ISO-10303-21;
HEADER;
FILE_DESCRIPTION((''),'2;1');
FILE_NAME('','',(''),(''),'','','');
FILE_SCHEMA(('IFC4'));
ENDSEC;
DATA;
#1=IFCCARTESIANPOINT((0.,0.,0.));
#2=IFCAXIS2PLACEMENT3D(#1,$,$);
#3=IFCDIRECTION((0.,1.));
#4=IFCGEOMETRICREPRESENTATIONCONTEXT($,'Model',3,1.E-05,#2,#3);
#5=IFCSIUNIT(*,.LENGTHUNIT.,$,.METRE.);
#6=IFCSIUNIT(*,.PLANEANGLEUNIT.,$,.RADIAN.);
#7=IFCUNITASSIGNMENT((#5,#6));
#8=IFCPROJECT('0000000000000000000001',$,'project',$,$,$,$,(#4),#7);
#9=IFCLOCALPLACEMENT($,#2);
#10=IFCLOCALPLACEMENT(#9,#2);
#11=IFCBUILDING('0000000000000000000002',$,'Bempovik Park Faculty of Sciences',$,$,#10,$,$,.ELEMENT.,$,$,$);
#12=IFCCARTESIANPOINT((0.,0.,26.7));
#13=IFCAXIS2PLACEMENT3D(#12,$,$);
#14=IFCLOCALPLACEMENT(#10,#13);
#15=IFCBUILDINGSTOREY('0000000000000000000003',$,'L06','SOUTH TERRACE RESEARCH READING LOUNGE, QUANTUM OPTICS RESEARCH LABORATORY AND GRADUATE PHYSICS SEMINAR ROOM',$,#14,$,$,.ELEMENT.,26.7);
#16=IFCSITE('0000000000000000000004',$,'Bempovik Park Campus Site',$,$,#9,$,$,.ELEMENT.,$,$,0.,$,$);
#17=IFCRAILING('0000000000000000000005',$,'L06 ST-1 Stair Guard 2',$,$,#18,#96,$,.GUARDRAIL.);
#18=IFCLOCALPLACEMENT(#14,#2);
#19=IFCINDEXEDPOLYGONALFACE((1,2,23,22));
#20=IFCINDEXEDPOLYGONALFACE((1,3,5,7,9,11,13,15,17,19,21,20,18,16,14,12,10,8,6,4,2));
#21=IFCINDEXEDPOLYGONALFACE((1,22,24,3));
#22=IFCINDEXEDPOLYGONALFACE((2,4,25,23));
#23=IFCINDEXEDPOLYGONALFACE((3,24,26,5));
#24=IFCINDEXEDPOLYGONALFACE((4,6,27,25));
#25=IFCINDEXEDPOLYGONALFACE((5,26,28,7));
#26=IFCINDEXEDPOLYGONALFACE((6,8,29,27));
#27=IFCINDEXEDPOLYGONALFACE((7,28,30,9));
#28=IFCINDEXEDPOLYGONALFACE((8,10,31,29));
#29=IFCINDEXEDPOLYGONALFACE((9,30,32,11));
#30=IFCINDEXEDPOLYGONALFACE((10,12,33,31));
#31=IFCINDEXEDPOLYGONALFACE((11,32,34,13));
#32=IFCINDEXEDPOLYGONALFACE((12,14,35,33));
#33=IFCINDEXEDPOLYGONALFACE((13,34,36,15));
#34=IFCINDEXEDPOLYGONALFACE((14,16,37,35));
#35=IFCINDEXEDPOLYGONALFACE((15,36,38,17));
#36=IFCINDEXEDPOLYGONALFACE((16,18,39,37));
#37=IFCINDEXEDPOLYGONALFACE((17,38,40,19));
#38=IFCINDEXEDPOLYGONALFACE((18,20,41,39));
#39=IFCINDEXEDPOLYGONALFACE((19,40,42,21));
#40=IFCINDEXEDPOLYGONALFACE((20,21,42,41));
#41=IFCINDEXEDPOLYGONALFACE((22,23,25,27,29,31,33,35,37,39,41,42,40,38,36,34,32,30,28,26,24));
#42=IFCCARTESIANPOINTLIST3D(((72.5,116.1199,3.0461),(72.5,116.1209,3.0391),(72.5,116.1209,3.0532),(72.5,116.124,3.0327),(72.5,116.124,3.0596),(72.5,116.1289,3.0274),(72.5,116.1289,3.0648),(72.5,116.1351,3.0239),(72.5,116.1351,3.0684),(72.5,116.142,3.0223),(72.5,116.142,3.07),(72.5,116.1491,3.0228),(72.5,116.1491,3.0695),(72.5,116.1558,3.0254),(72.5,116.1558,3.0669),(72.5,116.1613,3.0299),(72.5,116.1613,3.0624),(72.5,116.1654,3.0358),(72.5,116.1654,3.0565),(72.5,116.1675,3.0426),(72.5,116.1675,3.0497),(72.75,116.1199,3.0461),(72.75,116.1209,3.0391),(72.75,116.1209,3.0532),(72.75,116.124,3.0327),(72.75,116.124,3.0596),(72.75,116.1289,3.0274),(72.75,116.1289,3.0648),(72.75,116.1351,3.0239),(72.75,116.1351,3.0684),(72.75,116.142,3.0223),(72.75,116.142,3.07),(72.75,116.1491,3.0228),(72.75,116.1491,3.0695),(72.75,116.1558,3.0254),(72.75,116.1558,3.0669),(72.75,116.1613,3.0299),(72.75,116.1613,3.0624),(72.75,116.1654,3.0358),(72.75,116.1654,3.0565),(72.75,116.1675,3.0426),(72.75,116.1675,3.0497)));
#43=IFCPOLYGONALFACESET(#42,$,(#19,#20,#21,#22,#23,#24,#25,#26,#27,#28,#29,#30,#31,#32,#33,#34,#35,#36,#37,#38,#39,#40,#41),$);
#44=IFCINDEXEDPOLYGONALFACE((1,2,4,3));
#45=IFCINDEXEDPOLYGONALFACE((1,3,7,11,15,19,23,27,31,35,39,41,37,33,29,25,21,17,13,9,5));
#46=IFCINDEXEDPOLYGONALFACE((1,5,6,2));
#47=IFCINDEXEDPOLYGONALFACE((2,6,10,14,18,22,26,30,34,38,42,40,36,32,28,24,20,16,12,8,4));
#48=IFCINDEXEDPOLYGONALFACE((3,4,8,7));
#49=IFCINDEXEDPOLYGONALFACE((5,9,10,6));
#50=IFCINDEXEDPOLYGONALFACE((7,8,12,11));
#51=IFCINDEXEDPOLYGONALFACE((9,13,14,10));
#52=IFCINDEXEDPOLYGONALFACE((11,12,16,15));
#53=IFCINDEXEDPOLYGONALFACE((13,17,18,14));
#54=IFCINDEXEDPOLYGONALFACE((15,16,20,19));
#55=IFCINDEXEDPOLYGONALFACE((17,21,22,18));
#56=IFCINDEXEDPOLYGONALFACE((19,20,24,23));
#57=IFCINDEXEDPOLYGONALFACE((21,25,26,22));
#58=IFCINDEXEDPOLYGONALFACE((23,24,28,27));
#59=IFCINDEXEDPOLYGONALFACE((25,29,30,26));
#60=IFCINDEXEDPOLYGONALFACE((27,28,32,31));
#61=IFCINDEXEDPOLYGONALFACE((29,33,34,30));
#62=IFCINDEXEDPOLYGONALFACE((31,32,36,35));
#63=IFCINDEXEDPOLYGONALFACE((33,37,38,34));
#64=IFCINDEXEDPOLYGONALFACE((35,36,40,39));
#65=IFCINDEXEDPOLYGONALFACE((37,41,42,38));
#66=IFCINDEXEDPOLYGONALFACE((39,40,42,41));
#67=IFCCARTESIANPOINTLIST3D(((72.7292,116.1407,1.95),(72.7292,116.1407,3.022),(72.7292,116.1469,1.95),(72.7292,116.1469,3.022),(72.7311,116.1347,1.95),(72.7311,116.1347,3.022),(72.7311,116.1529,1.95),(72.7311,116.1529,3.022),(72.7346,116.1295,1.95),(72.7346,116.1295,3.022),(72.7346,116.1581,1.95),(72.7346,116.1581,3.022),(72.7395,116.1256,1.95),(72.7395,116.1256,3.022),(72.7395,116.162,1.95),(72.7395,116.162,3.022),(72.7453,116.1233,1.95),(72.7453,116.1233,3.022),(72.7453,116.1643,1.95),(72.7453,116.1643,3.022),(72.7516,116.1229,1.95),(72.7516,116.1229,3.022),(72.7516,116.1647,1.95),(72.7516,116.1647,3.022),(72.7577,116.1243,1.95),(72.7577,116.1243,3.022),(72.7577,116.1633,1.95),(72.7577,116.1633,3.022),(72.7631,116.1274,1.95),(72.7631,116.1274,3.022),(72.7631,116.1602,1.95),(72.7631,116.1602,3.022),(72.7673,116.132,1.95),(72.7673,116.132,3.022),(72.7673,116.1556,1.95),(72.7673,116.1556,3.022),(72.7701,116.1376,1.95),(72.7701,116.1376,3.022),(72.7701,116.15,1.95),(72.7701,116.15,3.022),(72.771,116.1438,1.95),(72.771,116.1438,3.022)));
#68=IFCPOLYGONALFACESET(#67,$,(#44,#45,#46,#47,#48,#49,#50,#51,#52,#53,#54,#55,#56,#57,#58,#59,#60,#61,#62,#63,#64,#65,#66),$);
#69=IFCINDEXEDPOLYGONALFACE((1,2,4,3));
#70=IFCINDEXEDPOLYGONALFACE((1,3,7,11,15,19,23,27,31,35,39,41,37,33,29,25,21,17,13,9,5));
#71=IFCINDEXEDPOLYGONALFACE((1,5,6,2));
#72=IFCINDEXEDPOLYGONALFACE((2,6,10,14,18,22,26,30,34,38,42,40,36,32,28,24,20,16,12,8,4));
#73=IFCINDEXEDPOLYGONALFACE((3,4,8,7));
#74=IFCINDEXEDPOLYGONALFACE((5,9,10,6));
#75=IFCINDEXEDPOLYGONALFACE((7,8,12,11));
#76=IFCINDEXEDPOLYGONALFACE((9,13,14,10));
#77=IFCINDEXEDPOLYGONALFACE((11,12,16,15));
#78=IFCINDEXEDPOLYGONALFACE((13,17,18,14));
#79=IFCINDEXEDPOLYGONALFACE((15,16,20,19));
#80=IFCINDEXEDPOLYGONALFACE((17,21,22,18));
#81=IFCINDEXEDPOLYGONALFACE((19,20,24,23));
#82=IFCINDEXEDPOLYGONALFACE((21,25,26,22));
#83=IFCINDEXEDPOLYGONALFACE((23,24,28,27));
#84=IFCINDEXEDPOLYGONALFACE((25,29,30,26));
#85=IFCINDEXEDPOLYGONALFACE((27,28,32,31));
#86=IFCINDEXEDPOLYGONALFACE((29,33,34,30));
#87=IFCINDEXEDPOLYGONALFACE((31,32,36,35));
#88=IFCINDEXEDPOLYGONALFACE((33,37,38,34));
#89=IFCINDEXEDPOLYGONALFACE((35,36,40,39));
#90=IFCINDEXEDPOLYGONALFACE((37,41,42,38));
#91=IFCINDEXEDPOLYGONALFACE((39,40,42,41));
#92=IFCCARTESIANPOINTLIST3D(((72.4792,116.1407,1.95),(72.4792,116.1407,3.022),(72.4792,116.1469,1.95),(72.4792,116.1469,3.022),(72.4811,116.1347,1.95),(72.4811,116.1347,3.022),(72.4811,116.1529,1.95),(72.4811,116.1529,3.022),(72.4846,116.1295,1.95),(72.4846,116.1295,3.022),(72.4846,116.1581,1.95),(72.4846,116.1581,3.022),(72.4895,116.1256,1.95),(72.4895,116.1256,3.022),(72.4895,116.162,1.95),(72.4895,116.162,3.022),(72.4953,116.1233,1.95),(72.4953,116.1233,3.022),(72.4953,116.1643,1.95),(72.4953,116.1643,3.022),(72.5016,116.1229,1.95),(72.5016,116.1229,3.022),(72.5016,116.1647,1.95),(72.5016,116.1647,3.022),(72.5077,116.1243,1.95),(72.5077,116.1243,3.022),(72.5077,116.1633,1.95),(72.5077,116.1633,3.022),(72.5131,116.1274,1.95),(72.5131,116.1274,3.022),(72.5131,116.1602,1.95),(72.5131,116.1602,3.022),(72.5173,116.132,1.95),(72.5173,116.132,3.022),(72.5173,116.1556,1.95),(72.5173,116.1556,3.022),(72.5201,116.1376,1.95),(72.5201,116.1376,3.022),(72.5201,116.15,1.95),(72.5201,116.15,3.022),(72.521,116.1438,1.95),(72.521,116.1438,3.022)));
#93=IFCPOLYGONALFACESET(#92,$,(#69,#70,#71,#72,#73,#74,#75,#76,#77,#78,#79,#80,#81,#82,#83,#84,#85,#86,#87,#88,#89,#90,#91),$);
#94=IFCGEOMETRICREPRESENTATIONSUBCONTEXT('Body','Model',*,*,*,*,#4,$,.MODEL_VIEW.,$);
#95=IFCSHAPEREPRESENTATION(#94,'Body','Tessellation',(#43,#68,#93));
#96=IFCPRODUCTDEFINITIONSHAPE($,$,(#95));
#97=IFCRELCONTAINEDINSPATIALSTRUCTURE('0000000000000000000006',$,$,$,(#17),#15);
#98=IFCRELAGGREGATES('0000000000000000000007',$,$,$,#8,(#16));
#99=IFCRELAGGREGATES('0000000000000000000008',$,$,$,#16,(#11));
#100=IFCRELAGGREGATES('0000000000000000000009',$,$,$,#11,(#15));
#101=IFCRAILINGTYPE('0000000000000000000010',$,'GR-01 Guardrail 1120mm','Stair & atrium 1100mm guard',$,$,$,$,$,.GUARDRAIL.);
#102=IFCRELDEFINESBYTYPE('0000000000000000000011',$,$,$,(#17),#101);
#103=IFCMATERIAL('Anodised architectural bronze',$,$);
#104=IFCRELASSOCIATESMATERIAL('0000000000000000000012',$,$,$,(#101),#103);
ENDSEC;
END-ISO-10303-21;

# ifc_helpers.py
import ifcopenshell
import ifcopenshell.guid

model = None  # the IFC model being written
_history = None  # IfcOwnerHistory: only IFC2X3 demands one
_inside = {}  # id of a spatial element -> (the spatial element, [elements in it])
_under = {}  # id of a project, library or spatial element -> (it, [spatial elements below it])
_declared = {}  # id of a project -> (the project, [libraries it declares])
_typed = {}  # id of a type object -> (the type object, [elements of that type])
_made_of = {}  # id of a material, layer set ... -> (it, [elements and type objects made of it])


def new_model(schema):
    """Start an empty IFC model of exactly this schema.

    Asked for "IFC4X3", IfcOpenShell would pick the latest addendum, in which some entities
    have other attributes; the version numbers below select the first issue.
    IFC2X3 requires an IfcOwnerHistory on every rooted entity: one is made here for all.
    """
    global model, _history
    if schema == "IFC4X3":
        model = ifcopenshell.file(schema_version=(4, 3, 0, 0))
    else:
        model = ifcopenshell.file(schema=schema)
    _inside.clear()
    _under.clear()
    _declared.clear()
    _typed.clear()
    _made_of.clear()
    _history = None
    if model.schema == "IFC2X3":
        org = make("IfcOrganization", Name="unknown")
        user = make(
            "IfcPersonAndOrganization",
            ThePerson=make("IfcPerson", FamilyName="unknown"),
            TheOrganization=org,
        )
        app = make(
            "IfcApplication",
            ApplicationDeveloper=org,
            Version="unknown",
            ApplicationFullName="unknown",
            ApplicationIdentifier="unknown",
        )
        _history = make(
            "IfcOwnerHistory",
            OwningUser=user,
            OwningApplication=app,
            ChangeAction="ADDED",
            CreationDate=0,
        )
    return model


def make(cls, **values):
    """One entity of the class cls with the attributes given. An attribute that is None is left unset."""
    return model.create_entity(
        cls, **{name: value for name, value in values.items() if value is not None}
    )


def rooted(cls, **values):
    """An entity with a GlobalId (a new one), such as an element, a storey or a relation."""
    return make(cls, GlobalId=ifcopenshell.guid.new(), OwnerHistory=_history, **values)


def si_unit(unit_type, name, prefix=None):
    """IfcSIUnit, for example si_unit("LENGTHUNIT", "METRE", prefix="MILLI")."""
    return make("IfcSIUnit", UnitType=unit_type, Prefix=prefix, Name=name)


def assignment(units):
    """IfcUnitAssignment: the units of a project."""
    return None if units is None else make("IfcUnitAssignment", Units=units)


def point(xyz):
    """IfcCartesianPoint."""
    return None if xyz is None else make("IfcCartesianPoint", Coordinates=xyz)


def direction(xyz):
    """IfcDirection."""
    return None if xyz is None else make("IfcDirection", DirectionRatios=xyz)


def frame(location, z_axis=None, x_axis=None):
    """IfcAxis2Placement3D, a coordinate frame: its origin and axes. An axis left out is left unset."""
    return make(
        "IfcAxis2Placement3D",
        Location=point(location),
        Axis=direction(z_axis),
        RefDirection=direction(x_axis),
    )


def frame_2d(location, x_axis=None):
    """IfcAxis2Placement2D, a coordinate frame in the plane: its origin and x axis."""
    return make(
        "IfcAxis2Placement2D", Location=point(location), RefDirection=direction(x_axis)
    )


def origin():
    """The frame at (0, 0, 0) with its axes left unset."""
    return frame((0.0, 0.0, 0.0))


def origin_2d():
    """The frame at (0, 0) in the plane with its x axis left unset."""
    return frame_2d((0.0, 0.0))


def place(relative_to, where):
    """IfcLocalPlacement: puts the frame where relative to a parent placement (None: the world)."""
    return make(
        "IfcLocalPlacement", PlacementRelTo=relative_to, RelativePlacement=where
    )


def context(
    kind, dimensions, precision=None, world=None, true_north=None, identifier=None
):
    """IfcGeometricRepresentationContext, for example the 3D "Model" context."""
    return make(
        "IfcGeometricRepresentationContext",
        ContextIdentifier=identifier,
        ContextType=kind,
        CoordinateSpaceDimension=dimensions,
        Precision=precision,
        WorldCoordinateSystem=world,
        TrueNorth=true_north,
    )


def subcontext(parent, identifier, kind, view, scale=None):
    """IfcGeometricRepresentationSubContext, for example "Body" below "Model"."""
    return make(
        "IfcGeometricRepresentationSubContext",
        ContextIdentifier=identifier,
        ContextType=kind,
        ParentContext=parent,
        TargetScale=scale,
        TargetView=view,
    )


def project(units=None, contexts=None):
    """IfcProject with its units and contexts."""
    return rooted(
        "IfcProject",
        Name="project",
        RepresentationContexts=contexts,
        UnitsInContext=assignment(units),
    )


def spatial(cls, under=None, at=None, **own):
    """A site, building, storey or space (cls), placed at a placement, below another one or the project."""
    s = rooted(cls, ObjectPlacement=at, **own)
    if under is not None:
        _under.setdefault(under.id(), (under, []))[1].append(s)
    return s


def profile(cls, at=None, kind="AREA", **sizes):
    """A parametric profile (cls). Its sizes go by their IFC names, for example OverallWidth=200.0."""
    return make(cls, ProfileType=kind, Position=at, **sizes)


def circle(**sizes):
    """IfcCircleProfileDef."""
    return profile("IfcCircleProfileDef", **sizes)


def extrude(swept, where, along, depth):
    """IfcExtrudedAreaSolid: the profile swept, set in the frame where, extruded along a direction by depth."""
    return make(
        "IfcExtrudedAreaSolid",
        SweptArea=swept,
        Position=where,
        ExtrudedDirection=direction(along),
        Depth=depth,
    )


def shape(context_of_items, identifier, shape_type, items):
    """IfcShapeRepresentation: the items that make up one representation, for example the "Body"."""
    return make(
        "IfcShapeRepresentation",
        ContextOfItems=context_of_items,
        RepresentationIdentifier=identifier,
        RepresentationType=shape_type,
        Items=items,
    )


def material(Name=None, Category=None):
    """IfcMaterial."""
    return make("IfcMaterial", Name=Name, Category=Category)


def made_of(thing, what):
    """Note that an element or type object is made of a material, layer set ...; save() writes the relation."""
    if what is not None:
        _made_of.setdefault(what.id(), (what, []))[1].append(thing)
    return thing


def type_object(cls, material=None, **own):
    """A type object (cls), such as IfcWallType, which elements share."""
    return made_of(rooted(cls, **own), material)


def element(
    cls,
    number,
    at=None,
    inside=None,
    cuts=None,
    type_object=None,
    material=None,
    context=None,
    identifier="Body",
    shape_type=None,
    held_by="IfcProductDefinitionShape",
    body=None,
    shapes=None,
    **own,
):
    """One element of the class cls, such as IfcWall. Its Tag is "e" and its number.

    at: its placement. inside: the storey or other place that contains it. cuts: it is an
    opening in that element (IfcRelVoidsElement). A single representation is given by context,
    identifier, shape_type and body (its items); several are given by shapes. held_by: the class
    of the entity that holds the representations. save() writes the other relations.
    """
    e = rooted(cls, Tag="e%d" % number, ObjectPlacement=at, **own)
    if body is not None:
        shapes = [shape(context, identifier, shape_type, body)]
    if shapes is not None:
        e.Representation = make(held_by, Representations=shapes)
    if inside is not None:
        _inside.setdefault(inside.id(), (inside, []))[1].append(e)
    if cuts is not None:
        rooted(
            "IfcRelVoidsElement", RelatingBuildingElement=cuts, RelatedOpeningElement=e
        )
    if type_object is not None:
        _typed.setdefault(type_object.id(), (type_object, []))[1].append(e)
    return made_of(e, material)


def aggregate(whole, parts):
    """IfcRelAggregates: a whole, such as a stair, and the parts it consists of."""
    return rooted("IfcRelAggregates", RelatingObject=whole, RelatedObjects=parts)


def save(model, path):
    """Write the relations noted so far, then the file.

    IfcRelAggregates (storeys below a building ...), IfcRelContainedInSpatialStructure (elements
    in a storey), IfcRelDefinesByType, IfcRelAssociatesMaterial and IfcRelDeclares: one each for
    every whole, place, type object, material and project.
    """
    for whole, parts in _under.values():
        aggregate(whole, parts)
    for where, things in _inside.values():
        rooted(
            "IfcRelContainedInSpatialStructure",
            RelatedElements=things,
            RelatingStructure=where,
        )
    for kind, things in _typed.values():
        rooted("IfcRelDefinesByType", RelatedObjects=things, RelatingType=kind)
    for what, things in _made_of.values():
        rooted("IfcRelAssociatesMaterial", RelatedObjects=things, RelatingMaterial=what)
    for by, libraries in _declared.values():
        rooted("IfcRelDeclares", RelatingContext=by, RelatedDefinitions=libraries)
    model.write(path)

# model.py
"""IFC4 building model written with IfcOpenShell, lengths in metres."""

from ifc_helpers import new_model, si_unit, direction, frame, origin, origin_2d, place, context, subcontext, project, spatial, circle, extrude, material, type_object, element, save


model = new_model("IFC4")

# Units and contexts
model_context = context("Model", 3, precision=1e-05, world=origin(), true_north=direction((0.0, 1.0)))
body_context = subcontext(model_context, "Body", "Model", "MODEL_VIEW")
ifc_project = project(units=[si_unit("LENGTHUNIT", "METRE"), si_unit("PLANEANGLEUNIT", "RADIAN")], contexts=[model_context])

# Site, building, storey
site_placement = place(None, origin())
site = spatial("IfcSite", under=ifc_project, at=site_placement, Name="Bempovik Park Campus Site", CompositionType="ELEMENT", RefElevation=0.0)
building_placement = place(site_placement, origin())
building = spatial("IfcBuilding", under=site, at=building_placement, Name="Bempovik Park Faculty of Sciences", CompositionType="ELEMENT")
storey_placement = place(building_placement, frame((0.0, 0.0, 26.7)))
storey = spatial("IfcBuildingStorey", under=building, at=storey_placement, Name="L06", Description="SOUTH TERRACE RESEARCH READING LOUNGE, QUANTUM OPTICS RESEARCH LABORATORY AND GRADUATE PHYSICS SEMINAR ROOM", CompositionType="ELEMENT", Elevation=26.7)

# Railing
ifc_material_1 = material(Name="Anodised architectural bronze")
railing_type_1 = type_object("IfcRailingType", Name="GR-01 Guardrail 1120mm", Description="Stair & atrium 1100mm guard", PredefinedType="GUARDRAIL", material=ifc_material_1)
railing_1_placement = place(storey_placement, frame((72.75, 116.1438, 1.95)))
element("IfcRailing", 1, at=railing_1_placement, inside=storey, type_object=railing_type_1, Name="L06 ST-1 Stair Guard 2", PredefinedType="GUARDRAIL", context=body_context, shape_type="SweptSolid", body=[
    extrude(circle(Radius=0.0239, at=origin_2d()), frame((0.0, 0.0, 1.0962), z_axis=(-1.0, 0.0, 0.0), x_axis=(0.0, -1.0, 0.0)), (0.0, 0.0, 1.0), 0.25),
    extrude(circle(Radius=0.021, at=origin_2d()), origin(), (0.0, 0.0, 1.0), 1.072),
    extrude(circle(Radius=0.021, at=origin_2d()), frame((-0.25, 0.0, 0.0)), (0.0, 0.0, 1.0), 1.072),
])

save(model, "model.ifc")
